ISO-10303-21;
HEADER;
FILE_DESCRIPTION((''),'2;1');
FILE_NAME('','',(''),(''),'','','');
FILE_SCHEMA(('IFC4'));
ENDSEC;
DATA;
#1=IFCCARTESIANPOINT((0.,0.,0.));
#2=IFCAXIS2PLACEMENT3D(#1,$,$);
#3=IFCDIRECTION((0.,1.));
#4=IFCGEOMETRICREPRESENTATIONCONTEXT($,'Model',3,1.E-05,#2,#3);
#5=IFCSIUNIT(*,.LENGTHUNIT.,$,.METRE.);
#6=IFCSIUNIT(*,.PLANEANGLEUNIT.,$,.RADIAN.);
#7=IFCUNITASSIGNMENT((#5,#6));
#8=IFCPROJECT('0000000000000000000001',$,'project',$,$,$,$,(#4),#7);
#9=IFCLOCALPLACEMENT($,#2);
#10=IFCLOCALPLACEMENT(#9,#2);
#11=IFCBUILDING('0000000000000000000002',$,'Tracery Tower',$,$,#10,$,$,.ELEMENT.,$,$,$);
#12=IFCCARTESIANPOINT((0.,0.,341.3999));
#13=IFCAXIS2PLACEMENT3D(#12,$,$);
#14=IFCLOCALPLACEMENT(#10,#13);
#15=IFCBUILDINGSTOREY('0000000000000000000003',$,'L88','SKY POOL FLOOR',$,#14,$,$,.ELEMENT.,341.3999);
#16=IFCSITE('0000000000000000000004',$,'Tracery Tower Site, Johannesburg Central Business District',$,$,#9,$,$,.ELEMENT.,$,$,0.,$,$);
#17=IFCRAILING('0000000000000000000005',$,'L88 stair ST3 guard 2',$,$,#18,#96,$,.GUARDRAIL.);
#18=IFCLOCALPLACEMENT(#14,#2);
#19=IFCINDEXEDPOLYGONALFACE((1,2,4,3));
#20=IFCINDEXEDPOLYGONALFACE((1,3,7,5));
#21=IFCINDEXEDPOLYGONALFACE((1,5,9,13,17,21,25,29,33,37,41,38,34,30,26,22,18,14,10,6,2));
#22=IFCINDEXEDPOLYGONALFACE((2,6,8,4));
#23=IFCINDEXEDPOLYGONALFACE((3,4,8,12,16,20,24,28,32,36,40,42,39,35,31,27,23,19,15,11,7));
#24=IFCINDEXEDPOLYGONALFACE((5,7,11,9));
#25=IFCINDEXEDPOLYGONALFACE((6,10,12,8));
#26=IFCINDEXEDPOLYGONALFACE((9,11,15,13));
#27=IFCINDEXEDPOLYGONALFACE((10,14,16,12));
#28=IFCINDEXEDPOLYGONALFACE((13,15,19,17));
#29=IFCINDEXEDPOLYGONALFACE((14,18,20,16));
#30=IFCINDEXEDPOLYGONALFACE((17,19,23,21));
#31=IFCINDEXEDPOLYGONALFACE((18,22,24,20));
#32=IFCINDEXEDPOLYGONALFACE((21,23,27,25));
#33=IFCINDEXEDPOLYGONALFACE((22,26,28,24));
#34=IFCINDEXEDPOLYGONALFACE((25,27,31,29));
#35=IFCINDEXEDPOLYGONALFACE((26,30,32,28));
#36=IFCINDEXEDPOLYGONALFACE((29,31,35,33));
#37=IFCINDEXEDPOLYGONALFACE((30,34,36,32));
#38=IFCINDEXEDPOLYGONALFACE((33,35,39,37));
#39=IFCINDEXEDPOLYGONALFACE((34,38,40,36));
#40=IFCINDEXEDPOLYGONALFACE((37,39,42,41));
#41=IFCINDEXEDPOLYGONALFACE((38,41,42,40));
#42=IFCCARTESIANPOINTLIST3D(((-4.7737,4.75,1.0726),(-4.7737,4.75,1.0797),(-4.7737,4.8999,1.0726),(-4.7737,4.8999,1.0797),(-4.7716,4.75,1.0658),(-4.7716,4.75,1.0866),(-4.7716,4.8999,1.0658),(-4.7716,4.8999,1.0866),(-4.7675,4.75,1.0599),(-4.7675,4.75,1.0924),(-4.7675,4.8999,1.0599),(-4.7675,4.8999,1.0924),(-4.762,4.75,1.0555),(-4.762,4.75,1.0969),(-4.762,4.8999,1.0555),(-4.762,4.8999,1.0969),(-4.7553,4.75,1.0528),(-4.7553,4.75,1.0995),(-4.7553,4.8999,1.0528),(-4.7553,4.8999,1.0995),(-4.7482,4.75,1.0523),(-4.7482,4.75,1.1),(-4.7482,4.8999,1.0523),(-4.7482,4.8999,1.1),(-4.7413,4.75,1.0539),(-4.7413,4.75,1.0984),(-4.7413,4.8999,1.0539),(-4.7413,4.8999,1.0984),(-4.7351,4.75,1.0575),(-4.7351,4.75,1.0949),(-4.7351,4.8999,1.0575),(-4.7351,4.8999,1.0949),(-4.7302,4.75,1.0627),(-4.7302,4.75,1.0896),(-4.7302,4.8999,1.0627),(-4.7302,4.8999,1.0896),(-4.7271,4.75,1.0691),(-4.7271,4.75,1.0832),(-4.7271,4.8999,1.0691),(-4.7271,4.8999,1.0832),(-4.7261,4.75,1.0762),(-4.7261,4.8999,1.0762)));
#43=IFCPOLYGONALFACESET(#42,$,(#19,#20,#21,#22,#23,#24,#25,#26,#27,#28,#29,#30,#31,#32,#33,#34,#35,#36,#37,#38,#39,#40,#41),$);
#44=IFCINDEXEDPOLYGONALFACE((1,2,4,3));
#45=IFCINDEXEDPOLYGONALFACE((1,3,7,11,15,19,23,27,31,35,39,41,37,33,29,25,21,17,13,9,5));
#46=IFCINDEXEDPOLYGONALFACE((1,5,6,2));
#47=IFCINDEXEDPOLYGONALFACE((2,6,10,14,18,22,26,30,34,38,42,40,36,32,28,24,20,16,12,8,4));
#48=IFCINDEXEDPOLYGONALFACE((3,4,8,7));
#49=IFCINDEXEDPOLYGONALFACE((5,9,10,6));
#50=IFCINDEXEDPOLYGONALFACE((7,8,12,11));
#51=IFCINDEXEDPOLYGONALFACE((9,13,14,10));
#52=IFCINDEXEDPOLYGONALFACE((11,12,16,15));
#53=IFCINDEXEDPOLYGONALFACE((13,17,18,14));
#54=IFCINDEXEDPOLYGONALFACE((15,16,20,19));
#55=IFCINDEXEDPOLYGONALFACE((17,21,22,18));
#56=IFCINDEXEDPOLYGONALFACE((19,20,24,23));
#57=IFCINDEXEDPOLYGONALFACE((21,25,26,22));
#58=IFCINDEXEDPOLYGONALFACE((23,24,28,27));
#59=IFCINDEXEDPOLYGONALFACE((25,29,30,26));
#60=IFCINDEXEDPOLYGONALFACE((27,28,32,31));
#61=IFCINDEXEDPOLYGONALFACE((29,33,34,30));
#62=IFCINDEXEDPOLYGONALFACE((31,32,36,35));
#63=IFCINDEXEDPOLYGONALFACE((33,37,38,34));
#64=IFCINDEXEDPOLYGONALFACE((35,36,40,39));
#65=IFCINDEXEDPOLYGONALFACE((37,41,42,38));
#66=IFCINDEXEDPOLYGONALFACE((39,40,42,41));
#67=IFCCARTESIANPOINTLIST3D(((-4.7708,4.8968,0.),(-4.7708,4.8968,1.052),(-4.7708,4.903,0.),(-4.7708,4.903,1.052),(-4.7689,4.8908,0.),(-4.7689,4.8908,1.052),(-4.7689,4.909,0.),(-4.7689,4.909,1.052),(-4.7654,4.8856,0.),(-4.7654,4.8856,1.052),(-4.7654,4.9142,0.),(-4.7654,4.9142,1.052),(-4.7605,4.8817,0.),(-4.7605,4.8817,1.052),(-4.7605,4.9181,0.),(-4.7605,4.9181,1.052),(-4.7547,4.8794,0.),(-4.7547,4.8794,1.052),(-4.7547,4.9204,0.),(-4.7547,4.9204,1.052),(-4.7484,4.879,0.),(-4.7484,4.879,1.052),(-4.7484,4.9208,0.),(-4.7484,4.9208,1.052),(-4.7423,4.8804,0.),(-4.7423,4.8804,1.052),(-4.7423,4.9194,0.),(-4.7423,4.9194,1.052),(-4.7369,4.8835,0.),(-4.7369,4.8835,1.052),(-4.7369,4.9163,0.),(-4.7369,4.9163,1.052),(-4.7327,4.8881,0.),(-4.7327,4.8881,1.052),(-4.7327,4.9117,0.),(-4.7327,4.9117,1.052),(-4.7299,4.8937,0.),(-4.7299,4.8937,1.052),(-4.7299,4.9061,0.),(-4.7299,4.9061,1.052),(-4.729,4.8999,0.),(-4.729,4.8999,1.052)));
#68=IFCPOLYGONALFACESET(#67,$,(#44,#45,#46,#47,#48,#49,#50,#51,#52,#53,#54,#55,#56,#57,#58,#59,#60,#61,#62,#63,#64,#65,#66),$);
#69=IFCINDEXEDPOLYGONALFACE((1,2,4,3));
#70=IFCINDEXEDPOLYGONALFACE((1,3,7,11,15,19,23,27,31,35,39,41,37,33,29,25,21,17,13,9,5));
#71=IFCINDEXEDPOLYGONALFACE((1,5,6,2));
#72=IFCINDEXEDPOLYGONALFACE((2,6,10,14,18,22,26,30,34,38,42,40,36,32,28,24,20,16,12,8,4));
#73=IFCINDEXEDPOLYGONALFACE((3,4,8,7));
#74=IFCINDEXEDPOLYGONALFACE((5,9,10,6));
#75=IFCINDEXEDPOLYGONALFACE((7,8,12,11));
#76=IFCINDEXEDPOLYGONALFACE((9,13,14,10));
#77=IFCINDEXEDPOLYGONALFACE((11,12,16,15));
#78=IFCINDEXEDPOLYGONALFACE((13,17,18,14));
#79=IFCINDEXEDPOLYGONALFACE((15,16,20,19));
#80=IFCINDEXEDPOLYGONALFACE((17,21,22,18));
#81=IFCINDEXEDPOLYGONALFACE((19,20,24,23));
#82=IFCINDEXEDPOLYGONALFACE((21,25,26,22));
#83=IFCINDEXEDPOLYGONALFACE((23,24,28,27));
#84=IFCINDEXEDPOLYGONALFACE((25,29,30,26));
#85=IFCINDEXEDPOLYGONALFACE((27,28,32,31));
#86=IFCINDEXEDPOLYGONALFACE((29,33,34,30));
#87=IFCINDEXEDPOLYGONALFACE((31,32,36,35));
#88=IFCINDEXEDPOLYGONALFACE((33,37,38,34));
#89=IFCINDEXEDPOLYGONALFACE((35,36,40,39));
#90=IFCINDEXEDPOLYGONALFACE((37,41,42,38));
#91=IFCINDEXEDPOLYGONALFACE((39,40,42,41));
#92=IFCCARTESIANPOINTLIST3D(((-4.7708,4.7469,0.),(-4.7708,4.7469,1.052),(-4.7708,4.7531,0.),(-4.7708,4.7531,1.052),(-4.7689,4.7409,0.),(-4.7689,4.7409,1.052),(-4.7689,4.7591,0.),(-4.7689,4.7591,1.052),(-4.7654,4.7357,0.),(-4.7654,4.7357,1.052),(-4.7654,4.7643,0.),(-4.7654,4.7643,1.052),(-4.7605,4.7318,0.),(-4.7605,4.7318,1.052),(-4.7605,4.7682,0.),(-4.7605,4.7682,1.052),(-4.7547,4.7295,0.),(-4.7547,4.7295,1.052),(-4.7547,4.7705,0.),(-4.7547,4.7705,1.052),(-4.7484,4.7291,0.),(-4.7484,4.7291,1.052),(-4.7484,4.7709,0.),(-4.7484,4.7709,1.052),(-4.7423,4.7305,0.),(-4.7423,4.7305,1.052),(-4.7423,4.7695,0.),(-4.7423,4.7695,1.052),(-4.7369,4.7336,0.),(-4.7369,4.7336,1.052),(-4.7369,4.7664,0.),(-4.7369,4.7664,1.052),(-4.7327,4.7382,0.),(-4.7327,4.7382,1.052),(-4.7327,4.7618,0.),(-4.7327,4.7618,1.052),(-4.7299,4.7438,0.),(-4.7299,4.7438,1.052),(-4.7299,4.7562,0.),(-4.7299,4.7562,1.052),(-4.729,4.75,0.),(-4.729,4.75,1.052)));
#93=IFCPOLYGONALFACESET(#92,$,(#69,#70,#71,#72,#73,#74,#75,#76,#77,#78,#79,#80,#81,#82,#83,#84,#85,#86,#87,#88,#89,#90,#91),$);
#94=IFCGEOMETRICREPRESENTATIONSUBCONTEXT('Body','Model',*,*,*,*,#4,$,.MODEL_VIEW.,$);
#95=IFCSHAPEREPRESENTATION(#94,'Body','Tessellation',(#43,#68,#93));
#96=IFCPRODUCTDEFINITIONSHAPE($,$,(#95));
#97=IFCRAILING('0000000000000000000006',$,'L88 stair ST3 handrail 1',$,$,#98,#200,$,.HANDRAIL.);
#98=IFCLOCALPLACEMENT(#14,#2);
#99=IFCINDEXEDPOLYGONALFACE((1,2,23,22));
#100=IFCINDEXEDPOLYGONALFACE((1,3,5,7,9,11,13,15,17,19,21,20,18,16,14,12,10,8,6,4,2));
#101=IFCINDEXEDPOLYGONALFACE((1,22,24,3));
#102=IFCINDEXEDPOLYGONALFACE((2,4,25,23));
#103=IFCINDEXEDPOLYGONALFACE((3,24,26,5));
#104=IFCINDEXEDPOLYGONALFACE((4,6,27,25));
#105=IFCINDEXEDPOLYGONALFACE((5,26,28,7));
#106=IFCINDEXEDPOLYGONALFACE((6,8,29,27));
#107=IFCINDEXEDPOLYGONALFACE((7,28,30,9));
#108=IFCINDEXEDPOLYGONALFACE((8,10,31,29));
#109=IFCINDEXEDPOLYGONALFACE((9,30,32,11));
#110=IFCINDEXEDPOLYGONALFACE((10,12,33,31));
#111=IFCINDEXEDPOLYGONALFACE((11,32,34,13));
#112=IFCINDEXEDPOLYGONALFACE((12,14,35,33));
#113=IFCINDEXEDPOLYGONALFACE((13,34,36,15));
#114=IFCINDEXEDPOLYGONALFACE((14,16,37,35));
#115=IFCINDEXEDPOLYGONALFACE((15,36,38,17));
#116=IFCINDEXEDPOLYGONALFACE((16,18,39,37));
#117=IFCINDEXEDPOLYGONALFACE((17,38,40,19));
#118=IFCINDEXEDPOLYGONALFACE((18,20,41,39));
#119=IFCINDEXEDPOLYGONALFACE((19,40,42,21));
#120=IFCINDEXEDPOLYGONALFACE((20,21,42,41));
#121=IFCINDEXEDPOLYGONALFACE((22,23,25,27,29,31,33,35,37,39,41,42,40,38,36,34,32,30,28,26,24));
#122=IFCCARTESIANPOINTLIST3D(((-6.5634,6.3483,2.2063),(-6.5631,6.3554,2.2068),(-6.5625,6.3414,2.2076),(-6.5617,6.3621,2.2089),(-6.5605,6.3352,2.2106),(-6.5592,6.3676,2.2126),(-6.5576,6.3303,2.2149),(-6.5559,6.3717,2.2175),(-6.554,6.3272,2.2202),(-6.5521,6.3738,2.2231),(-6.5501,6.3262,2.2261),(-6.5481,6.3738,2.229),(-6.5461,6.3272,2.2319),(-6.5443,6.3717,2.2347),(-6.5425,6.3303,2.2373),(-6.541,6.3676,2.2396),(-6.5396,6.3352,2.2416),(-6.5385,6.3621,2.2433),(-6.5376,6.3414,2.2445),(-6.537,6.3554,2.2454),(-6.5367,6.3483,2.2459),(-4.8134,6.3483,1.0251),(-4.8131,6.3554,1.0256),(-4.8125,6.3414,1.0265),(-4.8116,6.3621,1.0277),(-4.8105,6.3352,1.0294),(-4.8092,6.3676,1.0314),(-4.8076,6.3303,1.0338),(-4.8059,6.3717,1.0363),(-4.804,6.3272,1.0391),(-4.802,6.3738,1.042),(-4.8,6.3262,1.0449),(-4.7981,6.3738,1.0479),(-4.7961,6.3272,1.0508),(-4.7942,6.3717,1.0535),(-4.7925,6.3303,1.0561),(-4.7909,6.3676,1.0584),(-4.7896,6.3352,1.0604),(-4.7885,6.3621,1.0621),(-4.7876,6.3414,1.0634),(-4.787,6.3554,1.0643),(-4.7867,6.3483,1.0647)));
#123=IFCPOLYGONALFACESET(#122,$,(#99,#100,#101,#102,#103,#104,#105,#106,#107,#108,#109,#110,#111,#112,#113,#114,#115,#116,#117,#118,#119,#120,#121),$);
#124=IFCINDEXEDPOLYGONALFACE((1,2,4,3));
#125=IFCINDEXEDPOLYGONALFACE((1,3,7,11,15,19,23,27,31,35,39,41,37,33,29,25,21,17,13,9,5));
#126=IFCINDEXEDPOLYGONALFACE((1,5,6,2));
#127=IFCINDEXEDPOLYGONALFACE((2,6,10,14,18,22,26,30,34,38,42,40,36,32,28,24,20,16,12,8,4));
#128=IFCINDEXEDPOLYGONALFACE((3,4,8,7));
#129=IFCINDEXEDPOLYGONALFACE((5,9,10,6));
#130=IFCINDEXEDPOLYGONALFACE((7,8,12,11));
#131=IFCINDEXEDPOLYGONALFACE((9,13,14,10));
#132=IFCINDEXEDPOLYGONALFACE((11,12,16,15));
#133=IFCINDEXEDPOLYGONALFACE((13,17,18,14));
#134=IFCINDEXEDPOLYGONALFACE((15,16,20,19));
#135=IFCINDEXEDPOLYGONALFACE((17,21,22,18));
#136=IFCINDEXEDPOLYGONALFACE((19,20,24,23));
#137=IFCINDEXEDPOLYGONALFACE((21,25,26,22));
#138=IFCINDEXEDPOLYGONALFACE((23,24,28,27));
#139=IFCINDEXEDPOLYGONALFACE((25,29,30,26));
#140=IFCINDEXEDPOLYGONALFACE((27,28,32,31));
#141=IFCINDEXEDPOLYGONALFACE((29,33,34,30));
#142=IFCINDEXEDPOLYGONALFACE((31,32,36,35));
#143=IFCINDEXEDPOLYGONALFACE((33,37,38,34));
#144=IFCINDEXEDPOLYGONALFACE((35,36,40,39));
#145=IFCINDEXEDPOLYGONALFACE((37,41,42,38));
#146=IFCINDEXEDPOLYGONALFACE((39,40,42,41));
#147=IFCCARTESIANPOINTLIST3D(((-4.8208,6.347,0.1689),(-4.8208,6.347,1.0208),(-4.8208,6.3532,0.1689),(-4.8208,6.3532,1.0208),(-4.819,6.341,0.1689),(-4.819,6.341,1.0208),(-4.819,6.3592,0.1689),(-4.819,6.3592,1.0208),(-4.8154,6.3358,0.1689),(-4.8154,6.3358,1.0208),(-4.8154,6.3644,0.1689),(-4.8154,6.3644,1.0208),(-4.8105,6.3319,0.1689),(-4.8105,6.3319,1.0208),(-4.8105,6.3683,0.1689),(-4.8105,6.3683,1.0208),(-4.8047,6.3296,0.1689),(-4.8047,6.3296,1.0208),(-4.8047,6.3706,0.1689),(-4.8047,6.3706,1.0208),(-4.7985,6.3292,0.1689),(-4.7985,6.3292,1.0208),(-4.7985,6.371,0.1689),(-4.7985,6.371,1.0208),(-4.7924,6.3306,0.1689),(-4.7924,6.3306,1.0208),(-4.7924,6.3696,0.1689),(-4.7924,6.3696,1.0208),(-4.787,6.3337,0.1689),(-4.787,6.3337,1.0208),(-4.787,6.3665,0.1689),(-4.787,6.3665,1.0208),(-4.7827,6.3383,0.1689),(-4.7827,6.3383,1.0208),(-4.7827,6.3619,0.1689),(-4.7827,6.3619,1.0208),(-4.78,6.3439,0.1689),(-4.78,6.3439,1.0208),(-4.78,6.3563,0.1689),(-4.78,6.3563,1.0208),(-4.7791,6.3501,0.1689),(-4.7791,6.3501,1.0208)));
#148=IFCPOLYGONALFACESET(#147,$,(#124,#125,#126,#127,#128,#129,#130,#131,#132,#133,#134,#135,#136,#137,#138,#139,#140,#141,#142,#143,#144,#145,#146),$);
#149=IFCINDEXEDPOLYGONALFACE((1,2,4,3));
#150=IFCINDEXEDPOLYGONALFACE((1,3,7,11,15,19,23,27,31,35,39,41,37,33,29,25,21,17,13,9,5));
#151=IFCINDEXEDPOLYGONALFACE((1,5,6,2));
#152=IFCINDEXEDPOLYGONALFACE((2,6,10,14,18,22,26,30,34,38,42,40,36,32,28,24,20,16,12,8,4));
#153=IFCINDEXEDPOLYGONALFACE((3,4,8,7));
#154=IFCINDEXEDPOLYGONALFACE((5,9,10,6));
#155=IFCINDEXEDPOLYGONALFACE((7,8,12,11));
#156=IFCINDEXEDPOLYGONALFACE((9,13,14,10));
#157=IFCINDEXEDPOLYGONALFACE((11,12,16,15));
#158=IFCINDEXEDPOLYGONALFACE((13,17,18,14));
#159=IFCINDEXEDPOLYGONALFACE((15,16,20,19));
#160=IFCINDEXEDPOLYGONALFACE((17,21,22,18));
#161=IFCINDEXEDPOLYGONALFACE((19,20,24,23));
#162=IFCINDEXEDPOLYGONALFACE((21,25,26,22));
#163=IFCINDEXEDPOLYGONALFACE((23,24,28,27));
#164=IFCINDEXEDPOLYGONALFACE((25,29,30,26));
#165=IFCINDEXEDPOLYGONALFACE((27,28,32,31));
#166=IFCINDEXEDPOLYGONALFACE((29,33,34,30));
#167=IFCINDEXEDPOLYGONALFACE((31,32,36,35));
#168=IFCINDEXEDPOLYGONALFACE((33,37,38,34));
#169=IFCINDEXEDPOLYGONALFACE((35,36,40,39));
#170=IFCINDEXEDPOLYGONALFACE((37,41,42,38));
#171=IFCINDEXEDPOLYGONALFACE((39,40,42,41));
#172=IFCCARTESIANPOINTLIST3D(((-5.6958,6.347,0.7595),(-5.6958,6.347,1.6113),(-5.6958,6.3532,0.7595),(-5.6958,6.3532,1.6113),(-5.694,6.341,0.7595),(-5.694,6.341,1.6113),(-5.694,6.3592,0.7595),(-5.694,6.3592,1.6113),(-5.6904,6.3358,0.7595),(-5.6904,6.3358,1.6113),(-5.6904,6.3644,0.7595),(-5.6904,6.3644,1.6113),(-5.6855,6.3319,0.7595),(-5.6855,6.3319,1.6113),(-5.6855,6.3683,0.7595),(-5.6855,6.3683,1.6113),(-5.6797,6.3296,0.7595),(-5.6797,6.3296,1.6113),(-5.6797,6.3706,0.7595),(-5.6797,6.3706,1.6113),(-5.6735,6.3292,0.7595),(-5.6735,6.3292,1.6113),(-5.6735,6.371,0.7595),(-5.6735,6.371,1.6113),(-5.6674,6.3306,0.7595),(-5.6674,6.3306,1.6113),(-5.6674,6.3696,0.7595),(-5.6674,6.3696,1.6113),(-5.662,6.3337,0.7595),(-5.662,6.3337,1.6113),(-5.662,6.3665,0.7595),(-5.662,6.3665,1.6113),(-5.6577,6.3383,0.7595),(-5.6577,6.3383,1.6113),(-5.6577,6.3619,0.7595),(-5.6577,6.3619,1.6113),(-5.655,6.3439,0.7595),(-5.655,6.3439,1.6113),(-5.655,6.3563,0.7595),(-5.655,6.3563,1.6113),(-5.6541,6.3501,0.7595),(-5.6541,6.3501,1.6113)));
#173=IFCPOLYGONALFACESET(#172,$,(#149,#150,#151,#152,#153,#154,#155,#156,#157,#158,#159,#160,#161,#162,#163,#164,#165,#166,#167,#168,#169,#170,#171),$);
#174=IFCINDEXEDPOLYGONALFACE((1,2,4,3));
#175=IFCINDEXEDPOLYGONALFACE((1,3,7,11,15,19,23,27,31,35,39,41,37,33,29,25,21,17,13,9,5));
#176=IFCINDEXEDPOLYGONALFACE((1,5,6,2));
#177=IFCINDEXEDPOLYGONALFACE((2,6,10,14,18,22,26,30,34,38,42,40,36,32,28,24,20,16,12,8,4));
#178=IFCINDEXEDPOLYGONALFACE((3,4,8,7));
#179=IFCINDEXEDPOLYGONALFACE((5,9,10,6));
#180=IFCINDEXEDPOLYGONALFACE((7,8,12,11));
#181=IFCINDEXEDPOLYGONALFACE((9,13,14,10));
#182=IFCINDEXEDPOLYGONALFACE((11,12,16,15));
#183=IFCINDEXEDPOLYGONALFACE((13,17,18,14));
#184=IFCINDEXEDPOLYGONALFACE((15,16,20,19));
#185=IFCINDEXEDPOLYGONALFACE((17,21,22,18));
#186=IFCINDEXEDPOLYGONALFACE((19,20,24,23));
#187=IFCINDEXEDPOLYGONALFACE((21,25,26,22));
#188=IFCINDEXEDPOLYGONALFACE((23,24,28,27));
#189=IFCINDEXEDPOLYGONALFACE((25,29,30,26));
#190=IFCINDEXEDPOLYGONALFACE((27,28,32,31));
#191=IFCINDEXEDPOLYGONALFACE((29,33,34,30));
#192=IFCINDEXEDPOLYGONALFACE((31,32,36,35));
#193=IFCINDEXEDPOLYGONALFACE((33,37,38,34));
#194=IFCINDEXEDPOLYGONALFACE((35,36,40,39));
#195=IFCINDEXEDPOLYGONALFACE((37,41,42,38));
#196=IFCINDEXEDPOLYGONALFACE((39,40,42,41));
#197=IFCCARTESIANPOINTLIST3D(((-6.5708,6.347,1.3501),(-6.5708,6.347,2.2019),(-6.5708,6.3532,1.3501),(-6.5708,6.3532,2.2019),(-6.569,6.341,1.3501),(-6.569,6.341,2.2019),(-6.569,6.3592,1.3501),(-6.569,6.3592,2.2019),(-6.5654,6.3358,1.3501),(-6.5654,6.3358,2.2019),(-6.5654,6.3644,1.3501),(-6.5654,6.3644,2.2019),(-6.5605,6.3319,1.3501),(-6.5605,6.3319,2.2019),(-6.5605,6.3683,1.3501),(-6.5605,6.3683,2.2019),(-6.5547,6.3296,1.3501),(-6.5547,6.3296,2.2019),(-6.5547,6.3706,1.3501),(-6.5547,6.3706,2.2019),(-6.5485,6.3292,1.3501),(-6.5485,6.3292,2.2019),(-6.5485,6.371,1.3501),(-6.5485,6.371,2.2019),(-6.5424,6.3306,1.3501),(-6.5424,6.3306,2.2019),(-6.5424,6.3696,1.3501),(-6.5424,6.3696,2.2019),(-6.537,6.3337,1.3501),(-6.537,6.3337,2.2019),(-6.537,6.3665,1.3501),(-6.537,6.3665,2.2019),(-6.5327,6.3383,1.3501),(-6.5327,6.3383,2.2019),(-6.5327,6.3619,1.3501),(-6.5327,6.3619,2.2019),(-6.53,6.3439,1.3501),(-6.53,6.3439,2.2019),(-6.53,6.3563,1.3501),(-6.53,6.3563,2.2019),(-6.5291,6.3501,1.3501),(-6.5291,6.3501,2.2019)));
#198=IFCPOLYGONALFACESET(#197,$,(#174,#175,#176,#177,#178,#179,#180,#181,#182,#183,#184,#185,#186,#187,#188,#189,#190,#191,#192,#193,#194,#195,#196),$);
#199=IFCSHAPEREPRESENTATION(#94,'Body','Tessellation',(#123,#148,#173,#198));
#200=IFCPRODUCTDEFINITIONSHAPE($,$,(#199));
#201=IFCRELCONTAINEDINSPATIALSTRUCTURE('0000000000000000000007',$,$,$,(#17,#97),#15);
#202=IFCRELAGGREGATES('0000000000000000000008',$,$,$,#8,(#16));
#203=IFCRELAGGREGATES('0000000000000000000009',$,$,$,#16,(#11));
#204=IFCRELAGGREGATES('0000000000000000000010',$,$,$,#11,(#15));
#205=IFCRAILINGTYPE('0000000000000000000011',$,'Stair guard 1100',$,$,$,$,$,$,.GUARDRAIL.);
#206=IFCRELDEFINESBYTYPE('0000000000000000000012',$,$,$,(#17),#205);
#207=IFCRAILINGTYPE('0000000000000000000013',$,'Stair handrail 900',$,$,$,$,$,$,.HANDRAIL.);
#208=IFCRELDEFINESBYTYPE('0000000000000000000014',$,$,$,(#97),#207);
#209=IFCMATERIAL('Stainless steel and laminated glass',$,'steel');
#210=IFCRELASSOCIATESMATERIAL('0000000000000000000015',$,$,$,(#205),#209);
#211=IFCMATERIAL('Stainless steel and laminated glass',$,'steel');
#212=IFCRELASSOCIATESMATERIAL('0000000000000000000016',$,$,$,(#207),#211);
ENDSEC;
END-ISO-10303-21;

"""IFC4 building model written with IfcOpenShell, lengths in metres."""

from ifc_helpers import new_model, si_unit, direction, frame, origin, origin_2d, place, context, subcontext, project, spatial, circle, extrude, material, type_object, element, save


model = new_model("IFC4")

# Units and contexts
model_context = context("Model", 3, precision=1e-05, world=origin(), true_north=direction((0.0, 1.0)))
body_context = subcontext(model_context, "Body", "Model", "MODEL_VIEW")
ifc_project = project(units=[si_unit("LENGTHUNIT", "METRE"), si_unit("PLANEANGLEUNIT", "RADIAN")], contexts=[model_context])

# Site, building, storey
site_placement = place(None, origin())
site = spatial("IfcSite", under=ifc_project, at=site_placement, Name="Tracery Tower Site, Johannesburg Central Business District", CompositionType="ELEMENT", RefElevation=0.0)
building_placement = place(site_placement, origin())
building = spatial("IfcBuilding", under=site, at=building_placement, Name="Tracery Tower", CompositionType="ELEMENT")
storey_placement = place(building_placement, frame((0.0, 0.0, 341.3999)))
storey = spatial("IfcBuildingStorey", under=building, at=storey_placement, Name="L88", Description="SKY POOL FLOOR", CompositionType="ELEMENT", Elevation=341.3999)

# Railings
ifc_material_1 = material(Name="Stainless steel and laminated glass", Category="steel")
railing_type_1 = type_object("IfcRailingType", Name="Stair guard 1100", PredefinedType="GUARDRAIL", material=ifc_material_1)
railing_1_placement = place(storey_placement, frame((-4.75, 4.8999, 0.0)))
element("IfcRailing", 1, at=railing_1_placement, inside=storey, type_object=railing_type_1, Name="L88 stair ST3 guard 2", PredefinedType="GUARDRAIL", context=body_context, shape_type="SweptSolid", body=[
    extrude(circle(Radius=0.0239, at=origin_2d()), frame((0.0, 0.0, 1.0762), z_axis=(0.0, -1.0, 0.0), x_axis=(1.0, 0.0, 0.0)), (0.0, 0.0, 1.0), 0.1499),
    extrude(circle(Radius=0.021, at=origin_2d()), origin(), (0.0, 0.0, 1.0), 1.052),
    extrude(circle(Radius=0.021, at=origin_2d()), frame((0.0, -0.1499, 0.0)), (0.0, 0.0, 1.0), 1.052),
])
ifc_material_2 = material(Name="Stainless steel and laminated glass", Category="steel")
railing_type_2 = type_object("IfcRailingType", Name="Stair handrail 900", PredefinedType="HANDRAIL", material=ifc_material_2)
railing_2_placement = place(storey_placement, frame((-4.8, 6.3501, 0.1689)))
element("IfcRailing", 2, at=railing_2_placement, inside=storey, type_object=railing_type_2, Name="L88 stair ST3 handrail 1", PredefinedType="HANDRAIL", context=body_context, shape_type="SweptSolid", body=[
    extrude(circle(Radius=0.0239, at=origin_2d()), frame((0.0, 0.0, 0.876), z_axis=(-0.82887, 0.0, 0.559441), x_axis=(0.0, -1.0, 0.0)), (0.0, 0.0, 1.0), 2.1113),
    extrude(circle(Radius=0.021, at=origin_2d()), origin(), (0.0, 0.0, 1.0), 0.8518),
    extrude(circle(Radius=0.021, at=origin_2d()), frame((-0.875, 0.0, 0.5906)), (0.0, 0.0, 1.0), 0.8518),
    extrude(circle(Radius=0.021, at=origin_2d()), frame((-1.75, 0.0, 1.1812)), (0.0, 0.0, 1.0), 0.8518),
])

save(model, "model.ifc")
